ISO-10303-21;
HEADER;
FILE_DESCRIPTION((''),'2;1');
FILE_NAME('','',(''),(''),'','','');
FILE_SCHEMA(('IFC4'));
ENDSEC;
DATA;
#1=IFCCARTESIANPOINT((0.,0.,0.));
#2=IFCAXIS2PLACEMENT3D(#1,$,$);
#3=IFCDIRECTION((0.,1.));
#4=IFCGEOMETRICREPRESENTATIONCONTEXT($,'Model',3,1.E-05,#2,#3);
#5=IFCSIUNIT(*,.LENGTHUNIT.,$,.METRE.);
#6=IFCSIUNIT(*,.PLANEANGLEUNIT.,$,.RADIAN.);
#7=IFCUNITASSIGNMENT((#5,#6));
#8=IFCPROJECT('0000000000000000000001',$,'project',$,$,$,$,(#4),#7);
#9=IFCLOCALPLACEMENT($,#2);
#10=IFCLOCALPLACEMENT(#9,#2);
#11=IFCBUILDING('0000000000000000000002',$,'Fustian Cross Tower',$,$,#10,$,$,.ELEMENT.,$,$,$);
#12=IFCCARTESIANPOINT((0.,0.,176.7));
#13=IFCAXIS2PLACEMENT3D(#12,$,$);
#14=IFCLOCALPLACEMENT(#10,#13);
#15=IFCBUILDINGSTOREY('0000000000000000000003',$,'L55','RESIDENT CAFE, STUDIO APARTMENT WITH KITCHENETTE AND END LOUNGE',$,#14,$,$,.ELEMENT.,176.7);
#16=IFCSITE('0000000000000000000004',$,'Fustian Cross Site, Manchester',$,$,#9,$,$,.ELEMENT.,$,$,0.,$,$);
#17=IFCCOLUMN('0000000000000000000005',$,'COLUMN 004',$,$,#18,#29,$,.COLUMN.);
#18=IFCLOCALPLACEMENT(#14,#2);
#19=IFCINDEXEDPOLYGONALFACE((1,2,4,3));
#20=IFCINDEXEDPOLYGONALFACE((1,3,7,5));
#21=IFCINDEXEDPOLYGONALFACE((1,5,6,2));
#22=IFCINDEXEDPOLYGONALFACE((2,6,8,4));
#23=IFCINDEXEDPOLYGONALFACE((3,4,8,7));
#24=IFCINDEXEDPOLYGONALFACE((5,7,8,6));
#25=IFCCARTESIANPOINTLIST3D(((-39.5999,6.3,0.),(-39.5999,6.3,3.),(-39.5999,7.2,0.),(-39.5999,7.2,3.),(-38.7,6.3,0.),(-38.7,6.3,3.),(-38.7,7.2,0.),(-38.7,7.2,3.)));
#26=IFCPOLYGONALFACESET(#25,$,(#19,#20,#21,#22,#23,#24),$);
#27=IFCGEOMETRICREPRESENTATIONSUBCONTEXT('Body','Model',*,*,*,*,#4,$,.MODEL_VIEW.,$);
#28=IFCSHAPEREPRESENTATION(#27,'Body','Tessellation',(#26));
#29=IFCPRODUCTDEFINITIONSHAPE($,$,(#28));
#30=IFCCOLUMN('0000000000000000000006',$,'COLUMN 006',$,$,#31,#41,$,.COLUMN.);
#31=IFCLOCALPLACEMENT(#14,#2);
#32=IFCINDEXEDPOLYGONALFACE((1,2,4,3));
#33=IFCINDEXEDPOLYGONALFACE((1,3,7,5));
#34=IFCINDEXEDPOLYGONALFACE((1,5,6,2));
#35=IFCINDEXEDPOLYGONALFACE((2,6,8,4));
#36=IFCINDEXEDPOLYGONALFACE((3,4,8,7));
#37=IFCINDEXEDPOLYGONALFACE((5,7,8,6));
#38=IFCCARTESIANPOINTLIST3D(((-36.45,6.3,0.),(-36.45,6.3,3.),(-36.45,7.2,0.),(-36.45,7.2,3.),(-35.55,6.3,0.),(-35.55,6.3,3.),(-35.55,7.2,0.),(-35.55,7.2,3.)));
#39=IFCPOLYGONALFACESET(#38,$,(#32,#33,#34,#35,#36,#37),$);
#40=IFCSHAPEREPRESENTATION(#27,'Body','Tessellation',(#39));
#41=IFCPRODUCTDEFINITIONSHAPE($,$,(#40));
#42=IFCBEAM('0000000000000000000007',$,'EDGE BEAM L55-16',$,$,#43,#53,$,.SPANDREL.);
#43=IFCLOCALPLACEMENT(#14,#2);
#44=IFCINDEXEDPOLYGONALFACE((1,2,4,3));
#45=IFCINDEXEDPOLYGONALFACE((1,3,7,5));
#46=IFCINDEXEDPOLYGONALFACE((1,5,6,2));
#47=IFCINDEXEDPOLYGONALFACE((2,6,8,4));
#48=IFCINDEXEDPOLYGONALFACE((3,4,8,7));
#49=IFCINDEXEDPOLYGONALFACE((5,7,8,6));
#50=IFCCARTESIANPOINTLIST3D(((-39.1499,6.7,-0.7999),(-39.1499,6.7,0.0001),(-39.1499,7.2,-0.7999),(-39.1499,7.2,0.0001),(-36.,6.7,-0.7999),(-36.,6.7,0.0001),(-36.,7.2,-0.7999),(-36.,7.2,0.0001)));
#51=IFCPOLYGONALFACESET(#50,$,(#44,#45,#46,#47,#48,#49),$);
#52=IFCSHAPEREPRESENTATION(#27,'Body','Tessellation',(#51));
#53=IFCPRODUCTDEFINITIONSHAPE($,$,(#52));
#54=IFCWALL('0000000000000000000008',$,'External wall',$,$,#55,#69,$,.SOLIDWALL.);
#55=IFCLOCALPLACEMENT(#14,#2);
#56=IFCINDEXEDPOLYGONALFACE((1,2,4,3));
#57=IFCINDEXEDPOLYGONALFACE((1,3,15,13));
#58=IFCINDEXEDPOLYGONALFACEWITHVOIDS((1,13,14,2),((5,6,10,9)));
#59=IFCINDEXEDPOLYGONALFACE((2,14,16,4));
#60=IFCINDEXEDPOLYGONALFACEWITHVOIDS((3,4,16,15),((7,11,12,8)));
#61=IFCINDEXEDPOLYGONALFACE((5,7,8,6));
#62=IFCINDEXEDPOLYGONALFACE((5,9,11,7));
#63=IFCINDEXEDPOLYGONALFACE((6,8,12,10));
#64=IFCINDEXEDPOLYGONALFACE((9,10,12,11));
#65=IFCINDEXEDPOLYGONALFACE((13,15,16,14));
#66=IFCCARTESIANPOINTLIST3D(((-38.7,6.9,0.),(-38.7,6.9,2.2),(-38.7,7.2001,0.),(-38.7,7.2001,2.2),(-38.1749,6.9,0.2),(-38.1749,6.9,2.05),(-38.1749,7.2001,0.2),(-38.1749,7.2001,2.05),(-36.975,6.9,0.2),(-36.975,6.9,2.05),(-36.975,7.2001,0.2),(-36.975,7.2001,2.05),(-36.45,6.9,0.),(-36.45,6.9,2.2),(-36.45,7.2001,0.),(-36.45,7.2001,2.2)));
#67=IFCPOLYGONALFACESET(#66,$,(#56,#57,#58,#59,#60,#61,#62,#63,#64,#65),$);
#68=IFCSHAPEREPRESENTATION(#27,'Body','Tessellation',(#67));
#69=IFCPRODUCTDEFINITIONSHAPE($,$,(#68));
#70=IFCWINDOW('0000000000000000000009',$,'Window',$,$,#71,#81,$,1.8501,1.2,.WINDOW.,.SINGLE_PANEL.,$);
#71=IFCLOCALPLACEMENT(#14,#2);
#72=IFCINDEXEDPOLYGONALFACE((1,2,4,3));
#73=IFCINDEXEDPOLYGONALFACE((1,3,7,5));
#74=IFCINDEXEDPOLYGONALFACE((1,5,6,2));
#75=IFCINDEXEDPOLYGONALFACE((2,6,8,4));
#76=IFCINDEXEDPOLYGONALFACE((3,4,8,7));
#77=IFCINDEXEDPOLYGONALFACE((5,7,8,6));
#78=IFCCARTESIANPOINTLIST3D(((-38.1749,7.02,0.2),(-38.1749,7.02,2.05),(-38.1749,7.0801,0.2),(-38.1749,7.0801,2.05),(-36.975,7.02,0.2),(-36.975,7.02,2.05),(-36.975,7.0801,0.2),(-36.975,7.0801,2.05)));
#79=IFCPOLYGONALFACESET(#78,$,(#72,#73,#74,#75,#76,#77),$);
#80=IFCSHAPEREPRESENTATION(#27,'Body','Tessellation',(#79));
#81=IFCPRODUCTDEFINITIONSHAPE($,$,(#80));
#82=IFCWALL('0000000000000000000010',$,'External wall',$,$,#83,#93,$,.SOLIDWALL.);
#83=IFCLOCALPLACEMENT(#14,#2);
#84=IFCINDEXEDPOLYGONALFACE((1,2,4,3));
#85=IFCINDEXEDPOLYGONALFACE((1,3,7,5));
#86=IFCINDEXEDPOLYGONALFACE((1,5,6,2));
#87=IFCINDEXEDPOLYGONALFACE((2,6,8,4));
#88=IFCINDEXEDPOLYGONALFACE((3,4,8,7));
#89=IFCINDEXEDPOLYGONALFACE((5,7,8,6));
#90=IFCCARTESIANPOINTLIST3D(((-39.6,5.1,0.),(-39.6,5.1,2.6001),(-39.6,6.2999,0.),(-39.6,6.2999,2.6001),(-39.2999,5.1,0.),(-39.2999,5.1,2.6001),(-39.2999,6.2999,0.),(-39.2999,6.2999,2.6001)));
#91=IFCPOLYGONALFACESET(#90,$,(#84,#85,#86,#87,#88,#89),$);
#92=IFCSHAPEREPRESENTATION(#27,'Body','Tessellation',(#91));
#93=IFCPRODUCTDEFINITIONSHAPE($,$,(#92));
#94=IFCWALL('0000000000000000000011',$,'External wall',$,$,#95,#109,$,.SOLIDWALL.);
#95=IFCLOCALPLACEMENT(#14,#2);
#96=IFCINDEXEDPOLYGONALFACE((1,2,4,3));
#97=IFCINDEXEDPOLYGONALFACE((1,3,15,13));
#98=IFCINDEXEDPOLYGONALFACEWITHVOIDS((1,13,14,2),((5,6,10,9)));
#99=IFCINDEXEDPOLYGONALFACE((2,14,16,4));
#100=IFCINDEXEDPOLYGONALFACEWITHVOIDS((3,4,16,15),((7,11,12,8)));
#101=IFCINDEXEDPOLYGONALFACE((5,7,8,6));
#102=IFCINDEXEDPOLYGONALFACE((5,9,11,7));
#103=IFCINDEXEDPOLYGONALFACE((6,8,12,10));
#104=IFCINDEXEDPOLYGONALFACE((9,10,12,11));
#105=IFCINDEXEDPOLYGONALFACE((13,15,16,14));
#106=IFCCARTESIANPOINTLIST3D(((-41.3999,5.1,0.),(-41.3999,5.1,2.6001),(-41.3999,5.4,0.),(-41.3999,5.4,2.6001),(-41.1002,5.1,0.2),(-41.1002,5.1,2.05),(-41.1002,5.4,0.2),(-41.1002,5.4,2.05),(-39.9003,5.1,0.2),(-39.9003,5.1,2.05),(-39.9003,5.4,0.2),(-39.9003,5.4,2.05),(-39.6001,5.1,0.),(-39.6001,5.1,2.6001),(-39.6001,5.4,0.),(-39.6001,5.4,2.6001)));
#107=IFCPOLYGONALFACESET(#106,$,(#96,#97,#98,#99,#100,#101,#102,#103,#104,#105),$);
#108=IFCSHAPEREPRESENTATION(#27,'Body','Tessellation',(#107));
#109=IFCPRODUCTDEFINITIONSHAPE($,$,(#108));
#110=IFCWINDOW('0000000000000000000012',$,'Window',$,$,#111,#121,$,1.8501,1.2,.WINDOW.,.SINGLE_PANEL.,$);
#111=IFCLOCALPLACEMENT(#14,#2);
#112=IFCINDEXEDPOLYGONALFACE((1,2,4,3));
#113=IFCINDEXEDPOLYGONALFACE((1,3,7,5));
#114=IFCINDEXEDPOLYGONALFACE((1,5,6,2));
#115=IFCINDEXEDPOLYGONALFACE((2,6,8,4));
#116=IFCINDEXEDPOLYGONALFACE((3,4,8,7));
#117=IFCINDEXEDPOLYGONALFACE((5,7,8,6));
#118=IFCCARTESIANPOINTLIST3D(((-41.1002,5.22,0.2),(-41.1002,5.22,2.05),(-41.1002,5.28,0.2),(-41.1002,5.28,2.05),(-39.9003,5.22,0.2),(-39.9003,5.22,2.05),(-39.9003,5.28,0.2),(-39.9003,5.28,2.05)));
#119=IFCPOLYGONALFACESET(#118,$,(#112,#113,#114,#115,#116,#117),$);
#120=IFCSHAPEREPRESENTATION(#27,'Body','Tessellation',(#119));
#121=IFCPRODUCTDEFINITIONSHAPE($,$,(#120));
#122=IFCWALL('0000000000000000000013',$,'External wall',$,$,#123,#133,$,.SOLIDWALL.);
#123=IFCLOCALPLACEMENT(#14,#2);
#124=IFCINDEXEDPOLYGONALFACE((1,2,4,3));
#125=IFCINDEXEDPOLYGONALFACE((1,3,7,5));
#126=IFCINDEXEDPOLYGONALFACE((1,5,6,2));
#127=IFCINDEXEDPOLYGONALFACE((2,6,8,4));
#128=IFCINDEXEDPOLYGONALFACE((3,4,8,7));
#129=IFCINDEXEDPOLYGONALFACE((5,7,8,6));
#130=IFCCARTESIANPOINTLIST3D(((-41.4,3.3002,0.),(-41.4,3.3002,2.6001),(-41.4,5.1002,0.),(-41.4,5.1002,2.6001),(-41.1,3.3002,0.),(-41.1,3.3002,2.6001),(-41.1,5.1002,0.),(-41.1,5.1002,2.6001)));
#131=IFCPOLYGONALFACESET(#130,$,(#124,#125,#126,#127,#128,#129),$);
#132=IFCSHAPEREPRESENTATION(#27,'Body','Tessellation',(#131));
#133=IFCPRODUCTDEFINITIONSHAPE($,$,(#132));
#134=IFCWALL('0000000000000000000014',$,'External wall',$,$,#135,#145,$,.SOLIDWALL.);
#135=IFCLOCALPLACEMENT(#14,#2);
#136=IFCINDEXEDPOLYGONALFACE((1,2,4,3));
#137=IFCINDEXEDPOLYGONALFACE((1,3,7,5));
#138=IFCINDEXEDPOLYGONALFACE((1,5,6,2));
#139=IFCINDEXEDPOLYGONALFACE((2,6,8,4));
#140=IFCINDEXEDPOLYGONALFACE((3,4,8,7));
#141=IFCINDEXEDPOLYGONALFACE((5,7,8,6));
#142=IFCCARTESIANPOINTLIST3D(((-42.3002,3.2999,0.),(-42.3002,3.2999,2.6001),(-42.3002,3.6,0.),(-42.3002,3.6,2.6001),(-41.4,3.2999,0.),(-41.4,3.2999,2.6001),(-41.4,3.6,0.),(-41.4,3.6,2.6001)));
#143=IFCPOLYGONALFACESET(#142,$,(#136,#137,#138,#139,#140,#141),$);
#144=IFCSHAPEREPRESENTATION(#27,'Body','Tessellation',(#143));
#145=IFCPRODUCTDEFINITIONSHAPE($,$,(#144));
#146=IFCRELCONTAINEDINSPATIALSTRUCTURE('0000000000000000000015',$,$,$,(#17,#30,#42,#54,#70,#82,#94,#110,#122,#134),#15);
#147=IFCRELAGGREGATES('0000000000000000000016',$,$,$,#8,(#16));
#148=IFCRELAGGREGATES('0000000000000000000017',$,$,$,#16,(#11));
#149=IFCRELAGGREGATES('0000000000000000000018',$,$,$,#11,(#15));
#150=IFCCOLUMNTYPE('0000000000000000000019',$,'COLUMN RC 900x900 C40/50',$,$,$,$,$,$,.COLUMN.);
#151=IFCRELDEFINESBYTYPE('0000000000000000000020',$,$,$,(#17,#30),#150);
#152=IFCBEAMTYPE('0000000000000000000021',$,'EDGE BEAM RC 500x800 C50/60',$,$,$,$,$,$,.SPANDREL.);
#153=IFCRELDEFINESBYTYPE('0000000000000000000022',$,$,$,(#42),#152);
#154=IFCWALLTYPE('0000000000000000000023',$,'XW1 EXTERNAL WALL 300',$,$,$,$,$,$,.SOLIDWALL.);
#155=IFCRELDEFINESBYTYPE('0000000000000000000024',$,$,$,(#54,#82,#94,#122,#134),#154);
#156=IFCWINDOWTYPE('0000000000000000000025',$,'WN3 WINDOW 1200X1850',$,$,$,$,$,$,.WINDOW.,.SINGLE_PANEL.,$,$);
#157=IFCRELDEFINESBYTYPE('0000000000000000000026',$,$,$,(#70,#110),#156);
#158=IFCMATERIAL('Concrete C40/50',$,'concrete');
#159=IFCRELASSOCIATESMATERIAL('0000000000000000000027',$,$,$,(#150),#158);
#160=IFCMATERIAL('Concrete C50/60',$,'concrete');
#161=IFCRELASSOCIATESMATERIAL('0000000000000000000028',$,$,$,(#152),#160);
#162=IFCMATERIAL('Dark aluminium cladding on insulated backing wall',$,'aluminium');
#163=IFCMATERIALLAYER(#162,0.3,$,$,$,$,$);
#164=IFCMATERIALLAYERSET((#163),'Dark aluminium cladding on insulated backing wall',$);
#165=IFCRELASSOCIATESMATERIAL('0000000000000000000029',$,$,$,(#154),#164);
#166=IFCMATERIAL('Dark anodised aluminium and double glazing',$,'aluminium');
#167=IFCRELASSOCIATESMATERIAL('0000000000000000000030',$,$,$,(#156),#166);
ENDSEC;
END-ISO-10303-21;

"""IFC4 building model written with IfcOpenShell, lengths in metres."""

from ifc_helpers import new_model, si_unit, direction, frame, frame_2d, origin, origin_2d, place, context, subcontext, project, spatial, rectangle, extrude, material, layer, layer_set, material_profile, profile_set, type_object, element, fill, save


model = new_model("IFC4")

# Units and contexts
model_context = context("Model", 3, precision=1e-05, world=origin(), true_north=direction((0.0, 1.0)))
body_context = subcontext(model_context, "Body", "Model", "MODEL_VIEW")
ifc_project = project(units=[si_unit("LENGTHUNIT", "METRE"), si_unit("PLANEANGLEUNIT", "RADIAN")], contexts=[model_context])

# Site, building, storey
site_placement = place(None, origin())
site = spatial("IfcSite", under=ifc_project, at=site_placement, Name="Fustian Cross Site, Manchester", CompositionType="ELEMENT", RefElevation=0.0)
building_placement = place(site_placement, origin())
building = spatial("IfcBuilding", under=site, at=building_placement, Name="Fustian Cross Tower", CompositionType="ELEMENT")
storey_placement = place(building_placement, frame((0.0, 0.0, 176.7)))
storey = spatial("IfcBuildingStorey", under=building, at=storey_placement, Name="L55", Description="RESIDENT CAFE, STUDIO APARTMENT WITH KITCHENETTE AND END LOUNGE", CompositionType="ELEMENT", Elevation=176.7)

# Columns
ifc_material_1 = material(Name="Concrete C40/50", Category="concrete")
ifc_material_profile_1 = material_profile(ifc_material_1, rectangle(XDim=0.8999, YDim=0.8999, at=origin_2d()), Name="RC 900x900")
ifc_profile_set_1 = profile_set([ifc_material_profile_1], Name="Concrete C40/50")
column_type = type_object("IfcColumnType", Name="COLUMN RC 900x900 C40/50", PredefinedType="COLUMN", material=ifc_profile_set_1)
for number, where, z_axis, x_axis, name in (
    (1, (-39.1499, 6.75, 0.0), (0.0, 0.0, 1.0), (1.0, 0.0, 0.0), "COLUMN 004"),
    (2, (-36.0, 6.75, 0.0), (0.0, 0.0, 1.0), (1.0, 0.0, 0.0), "COLUMN 006"),
):
    element("IfcColumn", number, at=place(storey_placement, frame(where, z_axis=z_axis, x_axis=x_axis)), inside=storey, type_object=column_type, Name=name, PredefinedType="COLUMN", context=body_context, shape_type="SweptSolid", body=[
        extrude(rectangle(XDim=0.8999, YDim=0.8999, at=origin_2d()), origin(), (0.0, 0.0, 1.0), 3.0),
    ])

# Beam
ifc_material_2 = material(Name="Concrete C50/60", Category="concrete")
ifc_material_profile_2 = material_profile(ifc_material_2, rectangle(XDim=0.5, YDim=0.8, at=origin_2d()), Name="RC 500x800")
ifc_profile_set_2 = profile_set([ifc_material_profile_2], Name="Concrete C50/60")
beam_type = type_object("IfcBeamType", Name="EDGE BEAM RC 500x800 C50/60", PredefinedType="SPANDREL", material=ifc_profile_set_2)
beam_placement = place(storey_placement, frame((-36.0, 6.95, -0.3999), z_axis=(-1.0, 0.0, 0.0), x_axis=(0.0, -1.0, 0.0)))
element("IfcBeam", 3, at=beam_placement, inside=storey, type_object=beam_type, Name="EDGE BEAM L55-16", PredefinedType="SPANDREL", context=body_context, shape_type="SweptSolid", body=[
    extrude(rectangle(XDim=0.5, YDim=0.8, at=origin_2d()), origin(), (0.0, 0.0, 1.0), 3.1499),
])

# Wall, opening, window
ifc_material_3 = material(Name="Dark aluminium cladding on insulated backing wall", Category="aluminium")
ifc_layer = layer(ifc_material_3, 0.3)
ifc_layer_set = layer_set([ifc_layer], Name="Dark aluminium cladding on insulated backing wall")
wall_type = type_object("IfcWallType", Name="XW1 EXTERNAL WALL 300", PredefinedType="SOLIDWALL", material=ifc_layer_set)
wall_1_placement = place(storey_placement, frame((-36.45, 7.05, 0.0), z_axis=(0.0, 0.0, 1.0), x_axis=(-1.0, 0.0, 0.0)))
wall_1 = element("IfcWall", 4, at=wall_1_placement, inside=storey, type_object=wall_type, Name="External wall", PredefinedType="SOLIDWALL", context=body_context, shape_type="SweptSolid", body=[
    extrude(rectangle(XDim=2.25, YDim=0.3, at=frame_2d((1.125, 0.0))), origin(), (0.0, 0.0, 1.0), 2.2),
])
opening_1_placement = place(wall_1_placement, frame((0.5249, 0.0, 0.2)))
opening_1 = element("IfcOpeningElement", 5, at=opening_1_placement, cuts=wall_1, PredefinedType="OPENING", context=body_context, shape_type="SweptSolid", body=[
    extrude(rectangle(XDim=1.2, YDim=1.8501, at=frame_2d((0.6001, 0.925))), frame((0.0, 0.1599, 0.0), z_axis=(0.0, -1.0, 0.0), x_axis=(1.0, 0.0, 0.0)), (0.0, 0.0, 1.0), 0.3201),
])
ifc_material_4 = material(Name="Dark anodised aluminium and double glazing", Category="aluminium")
window_type = type_object("IfcWindowType", Name="WN3 WINDOW 1200X1850", PartitioningType="SINGLE_PANEL", PredefinedType="WINDOW", material=ifc_material_4)
window_1_placement = place(opening_1_placement, origin())
window_1 = element("IfcWindow", 6, at=window_1_placement, inside=storey, type_object=window_type, Name="Window", OverallHeight=1.8501, OverallWidth=1.2, PartitioningType="SINGLE_PANEL", PredefinedType="WINDOW", context=body_context, shape_type="SweptSolid", body=[
    extrude(rectangle(XDim=1.2, YDim=1.8501, at=frame_2d((0.6001, 0.925))), frame((0.0, 0.03, 0.0), z_axis=(0.0, -1.0, 0.0), x_axis=(1.0, 0.0, 0.0)), (0.0, 0.0, 1.0), 0.0601),
])
fill(opening_1, window_1)

# Wall
wall_2_placement = place(storey_placement, frame((-39.45, 6.3, 0.0), z_axis=(0.0, 0.0, 1.0), x_axis=(0.0, -1.0, 0.0)))
element("IfcWall", 7, at=wall_2_placement, inside=storey, type_object=wall_type, Name="External wall", PredefinedType="SOLIDWALL", context=body_context, shape_type="SweptSolid", body=[
    extrude(rectangle(XDim=1.2, YDim=0.3, at=frame_2d((0.6001, 0.0))), origin(), (0.0, 0.0, 1.0), 2.6001),
])

# Wall, opening, window
wall_3_placement = place(storey_placement, frame((-39.6001, 5.25, 0.0), z_axis=(0.0, 0.0, 1.0), x_axis=(-1.0, 0.0, 0.0)))
wall_3 = element("IfcWall", 8, at=wall_3_placement, inside=storey, type_object=wall_type, Name="External wall", PredefinedType="SOLIDWALL", context=body_context, shape_type="SweptSolid", body=[
    extrude(rectangle(XDim=1.7998, YDim=0.3, at=frame_2d((0.8999, 0.0))), origin(), (0.0, 0.0, 1.0), 2.6001),
])
opening_2_placement = place(wall_3_placement, frame((0.3, 0.0, 0.2)))
opening_2 = element("IfcOpeningElement", 9, at=opening_2_placement, cuts=wall_3, PredefinedType="OPENING", context=body_context, shape_type="SweptSolid", body=[
    extrude(rectangle(XDim=1.2, YDim=1.8501, at=frame_2d((0.6001, 0.925))), frame((0.0, 0.1599, 0.0), z_axis=(0.0, -1.0, 0.0), x_axis=(1.0, 0.0, 0.0)), (0.0, 0.0, 1.0), 0.3201),
])
window_2_placement = place(opening_2_placement, origin())
window_2 = element("IfcWindow", 10, at=window_2_placement, inside=storey, type_object=window_type, Name="Window", OverallHeight=1.8501, OverallWidth=1.2, PartitioningType="SINGLE_PANEL", PredefinedType="WINDOW", context=body_context, shape_type="SweptSolid", body=[
    extrude(rectangle(XDim=1.2, YDim=1.8501, at=frame_2d((0.6001, 0.925))), frame((0.0, 0.03, 0.0), z_axis=(0.0, -1.0, 0.0), x_axis=(1.0, 0.0, 0.0)), (0.0, 0.0, 1.0), 0.0601),
])
fill(opening_2, window_2)

# Walls
wall_4_placement = place(storey_placement, frame((-41.25, 5.1001, 0.0), z_axis=(0.0, 0.0, 1.0), x_axis=(0.0, -1.0, 0.0)))
element("IfcWall", 11, at=wall_4_placement, inside=storey, type_object=wall_type, Name="External wall", PredefinedType="SOLIDWALL", context=body_context, shape_type="SweptSolid", body=[
    extrude(rectangle(XDim=1.8, YDim=0.3, at=frame_2d((0.8999, 0.0))), origin(), (0.0, 0.0, 1.0), 2.6001),
])
wall_5_placement = place(storey_placement, frame((-41.3999, 3.45, 0.0), z_axis=(0.0, 0.0, 1.0), x_axis=(-1.0, 0.0, 0.0)))
element("IfcWall", 12, at=wall_5_placement, inside=storey, type_object=wall_type, Name="External wall", PredefinedType="SOLIDWALL", context=body_context, shape_type="SweptSolid", body=[
    extrude(rectangle(XDim=0.9001, YDim=0.3, at=frame_2d((0.4502, 0.0))), origin(), (0.0, 0.0, 1.0), 2.6001),
])

save(model, "model.ifc")
